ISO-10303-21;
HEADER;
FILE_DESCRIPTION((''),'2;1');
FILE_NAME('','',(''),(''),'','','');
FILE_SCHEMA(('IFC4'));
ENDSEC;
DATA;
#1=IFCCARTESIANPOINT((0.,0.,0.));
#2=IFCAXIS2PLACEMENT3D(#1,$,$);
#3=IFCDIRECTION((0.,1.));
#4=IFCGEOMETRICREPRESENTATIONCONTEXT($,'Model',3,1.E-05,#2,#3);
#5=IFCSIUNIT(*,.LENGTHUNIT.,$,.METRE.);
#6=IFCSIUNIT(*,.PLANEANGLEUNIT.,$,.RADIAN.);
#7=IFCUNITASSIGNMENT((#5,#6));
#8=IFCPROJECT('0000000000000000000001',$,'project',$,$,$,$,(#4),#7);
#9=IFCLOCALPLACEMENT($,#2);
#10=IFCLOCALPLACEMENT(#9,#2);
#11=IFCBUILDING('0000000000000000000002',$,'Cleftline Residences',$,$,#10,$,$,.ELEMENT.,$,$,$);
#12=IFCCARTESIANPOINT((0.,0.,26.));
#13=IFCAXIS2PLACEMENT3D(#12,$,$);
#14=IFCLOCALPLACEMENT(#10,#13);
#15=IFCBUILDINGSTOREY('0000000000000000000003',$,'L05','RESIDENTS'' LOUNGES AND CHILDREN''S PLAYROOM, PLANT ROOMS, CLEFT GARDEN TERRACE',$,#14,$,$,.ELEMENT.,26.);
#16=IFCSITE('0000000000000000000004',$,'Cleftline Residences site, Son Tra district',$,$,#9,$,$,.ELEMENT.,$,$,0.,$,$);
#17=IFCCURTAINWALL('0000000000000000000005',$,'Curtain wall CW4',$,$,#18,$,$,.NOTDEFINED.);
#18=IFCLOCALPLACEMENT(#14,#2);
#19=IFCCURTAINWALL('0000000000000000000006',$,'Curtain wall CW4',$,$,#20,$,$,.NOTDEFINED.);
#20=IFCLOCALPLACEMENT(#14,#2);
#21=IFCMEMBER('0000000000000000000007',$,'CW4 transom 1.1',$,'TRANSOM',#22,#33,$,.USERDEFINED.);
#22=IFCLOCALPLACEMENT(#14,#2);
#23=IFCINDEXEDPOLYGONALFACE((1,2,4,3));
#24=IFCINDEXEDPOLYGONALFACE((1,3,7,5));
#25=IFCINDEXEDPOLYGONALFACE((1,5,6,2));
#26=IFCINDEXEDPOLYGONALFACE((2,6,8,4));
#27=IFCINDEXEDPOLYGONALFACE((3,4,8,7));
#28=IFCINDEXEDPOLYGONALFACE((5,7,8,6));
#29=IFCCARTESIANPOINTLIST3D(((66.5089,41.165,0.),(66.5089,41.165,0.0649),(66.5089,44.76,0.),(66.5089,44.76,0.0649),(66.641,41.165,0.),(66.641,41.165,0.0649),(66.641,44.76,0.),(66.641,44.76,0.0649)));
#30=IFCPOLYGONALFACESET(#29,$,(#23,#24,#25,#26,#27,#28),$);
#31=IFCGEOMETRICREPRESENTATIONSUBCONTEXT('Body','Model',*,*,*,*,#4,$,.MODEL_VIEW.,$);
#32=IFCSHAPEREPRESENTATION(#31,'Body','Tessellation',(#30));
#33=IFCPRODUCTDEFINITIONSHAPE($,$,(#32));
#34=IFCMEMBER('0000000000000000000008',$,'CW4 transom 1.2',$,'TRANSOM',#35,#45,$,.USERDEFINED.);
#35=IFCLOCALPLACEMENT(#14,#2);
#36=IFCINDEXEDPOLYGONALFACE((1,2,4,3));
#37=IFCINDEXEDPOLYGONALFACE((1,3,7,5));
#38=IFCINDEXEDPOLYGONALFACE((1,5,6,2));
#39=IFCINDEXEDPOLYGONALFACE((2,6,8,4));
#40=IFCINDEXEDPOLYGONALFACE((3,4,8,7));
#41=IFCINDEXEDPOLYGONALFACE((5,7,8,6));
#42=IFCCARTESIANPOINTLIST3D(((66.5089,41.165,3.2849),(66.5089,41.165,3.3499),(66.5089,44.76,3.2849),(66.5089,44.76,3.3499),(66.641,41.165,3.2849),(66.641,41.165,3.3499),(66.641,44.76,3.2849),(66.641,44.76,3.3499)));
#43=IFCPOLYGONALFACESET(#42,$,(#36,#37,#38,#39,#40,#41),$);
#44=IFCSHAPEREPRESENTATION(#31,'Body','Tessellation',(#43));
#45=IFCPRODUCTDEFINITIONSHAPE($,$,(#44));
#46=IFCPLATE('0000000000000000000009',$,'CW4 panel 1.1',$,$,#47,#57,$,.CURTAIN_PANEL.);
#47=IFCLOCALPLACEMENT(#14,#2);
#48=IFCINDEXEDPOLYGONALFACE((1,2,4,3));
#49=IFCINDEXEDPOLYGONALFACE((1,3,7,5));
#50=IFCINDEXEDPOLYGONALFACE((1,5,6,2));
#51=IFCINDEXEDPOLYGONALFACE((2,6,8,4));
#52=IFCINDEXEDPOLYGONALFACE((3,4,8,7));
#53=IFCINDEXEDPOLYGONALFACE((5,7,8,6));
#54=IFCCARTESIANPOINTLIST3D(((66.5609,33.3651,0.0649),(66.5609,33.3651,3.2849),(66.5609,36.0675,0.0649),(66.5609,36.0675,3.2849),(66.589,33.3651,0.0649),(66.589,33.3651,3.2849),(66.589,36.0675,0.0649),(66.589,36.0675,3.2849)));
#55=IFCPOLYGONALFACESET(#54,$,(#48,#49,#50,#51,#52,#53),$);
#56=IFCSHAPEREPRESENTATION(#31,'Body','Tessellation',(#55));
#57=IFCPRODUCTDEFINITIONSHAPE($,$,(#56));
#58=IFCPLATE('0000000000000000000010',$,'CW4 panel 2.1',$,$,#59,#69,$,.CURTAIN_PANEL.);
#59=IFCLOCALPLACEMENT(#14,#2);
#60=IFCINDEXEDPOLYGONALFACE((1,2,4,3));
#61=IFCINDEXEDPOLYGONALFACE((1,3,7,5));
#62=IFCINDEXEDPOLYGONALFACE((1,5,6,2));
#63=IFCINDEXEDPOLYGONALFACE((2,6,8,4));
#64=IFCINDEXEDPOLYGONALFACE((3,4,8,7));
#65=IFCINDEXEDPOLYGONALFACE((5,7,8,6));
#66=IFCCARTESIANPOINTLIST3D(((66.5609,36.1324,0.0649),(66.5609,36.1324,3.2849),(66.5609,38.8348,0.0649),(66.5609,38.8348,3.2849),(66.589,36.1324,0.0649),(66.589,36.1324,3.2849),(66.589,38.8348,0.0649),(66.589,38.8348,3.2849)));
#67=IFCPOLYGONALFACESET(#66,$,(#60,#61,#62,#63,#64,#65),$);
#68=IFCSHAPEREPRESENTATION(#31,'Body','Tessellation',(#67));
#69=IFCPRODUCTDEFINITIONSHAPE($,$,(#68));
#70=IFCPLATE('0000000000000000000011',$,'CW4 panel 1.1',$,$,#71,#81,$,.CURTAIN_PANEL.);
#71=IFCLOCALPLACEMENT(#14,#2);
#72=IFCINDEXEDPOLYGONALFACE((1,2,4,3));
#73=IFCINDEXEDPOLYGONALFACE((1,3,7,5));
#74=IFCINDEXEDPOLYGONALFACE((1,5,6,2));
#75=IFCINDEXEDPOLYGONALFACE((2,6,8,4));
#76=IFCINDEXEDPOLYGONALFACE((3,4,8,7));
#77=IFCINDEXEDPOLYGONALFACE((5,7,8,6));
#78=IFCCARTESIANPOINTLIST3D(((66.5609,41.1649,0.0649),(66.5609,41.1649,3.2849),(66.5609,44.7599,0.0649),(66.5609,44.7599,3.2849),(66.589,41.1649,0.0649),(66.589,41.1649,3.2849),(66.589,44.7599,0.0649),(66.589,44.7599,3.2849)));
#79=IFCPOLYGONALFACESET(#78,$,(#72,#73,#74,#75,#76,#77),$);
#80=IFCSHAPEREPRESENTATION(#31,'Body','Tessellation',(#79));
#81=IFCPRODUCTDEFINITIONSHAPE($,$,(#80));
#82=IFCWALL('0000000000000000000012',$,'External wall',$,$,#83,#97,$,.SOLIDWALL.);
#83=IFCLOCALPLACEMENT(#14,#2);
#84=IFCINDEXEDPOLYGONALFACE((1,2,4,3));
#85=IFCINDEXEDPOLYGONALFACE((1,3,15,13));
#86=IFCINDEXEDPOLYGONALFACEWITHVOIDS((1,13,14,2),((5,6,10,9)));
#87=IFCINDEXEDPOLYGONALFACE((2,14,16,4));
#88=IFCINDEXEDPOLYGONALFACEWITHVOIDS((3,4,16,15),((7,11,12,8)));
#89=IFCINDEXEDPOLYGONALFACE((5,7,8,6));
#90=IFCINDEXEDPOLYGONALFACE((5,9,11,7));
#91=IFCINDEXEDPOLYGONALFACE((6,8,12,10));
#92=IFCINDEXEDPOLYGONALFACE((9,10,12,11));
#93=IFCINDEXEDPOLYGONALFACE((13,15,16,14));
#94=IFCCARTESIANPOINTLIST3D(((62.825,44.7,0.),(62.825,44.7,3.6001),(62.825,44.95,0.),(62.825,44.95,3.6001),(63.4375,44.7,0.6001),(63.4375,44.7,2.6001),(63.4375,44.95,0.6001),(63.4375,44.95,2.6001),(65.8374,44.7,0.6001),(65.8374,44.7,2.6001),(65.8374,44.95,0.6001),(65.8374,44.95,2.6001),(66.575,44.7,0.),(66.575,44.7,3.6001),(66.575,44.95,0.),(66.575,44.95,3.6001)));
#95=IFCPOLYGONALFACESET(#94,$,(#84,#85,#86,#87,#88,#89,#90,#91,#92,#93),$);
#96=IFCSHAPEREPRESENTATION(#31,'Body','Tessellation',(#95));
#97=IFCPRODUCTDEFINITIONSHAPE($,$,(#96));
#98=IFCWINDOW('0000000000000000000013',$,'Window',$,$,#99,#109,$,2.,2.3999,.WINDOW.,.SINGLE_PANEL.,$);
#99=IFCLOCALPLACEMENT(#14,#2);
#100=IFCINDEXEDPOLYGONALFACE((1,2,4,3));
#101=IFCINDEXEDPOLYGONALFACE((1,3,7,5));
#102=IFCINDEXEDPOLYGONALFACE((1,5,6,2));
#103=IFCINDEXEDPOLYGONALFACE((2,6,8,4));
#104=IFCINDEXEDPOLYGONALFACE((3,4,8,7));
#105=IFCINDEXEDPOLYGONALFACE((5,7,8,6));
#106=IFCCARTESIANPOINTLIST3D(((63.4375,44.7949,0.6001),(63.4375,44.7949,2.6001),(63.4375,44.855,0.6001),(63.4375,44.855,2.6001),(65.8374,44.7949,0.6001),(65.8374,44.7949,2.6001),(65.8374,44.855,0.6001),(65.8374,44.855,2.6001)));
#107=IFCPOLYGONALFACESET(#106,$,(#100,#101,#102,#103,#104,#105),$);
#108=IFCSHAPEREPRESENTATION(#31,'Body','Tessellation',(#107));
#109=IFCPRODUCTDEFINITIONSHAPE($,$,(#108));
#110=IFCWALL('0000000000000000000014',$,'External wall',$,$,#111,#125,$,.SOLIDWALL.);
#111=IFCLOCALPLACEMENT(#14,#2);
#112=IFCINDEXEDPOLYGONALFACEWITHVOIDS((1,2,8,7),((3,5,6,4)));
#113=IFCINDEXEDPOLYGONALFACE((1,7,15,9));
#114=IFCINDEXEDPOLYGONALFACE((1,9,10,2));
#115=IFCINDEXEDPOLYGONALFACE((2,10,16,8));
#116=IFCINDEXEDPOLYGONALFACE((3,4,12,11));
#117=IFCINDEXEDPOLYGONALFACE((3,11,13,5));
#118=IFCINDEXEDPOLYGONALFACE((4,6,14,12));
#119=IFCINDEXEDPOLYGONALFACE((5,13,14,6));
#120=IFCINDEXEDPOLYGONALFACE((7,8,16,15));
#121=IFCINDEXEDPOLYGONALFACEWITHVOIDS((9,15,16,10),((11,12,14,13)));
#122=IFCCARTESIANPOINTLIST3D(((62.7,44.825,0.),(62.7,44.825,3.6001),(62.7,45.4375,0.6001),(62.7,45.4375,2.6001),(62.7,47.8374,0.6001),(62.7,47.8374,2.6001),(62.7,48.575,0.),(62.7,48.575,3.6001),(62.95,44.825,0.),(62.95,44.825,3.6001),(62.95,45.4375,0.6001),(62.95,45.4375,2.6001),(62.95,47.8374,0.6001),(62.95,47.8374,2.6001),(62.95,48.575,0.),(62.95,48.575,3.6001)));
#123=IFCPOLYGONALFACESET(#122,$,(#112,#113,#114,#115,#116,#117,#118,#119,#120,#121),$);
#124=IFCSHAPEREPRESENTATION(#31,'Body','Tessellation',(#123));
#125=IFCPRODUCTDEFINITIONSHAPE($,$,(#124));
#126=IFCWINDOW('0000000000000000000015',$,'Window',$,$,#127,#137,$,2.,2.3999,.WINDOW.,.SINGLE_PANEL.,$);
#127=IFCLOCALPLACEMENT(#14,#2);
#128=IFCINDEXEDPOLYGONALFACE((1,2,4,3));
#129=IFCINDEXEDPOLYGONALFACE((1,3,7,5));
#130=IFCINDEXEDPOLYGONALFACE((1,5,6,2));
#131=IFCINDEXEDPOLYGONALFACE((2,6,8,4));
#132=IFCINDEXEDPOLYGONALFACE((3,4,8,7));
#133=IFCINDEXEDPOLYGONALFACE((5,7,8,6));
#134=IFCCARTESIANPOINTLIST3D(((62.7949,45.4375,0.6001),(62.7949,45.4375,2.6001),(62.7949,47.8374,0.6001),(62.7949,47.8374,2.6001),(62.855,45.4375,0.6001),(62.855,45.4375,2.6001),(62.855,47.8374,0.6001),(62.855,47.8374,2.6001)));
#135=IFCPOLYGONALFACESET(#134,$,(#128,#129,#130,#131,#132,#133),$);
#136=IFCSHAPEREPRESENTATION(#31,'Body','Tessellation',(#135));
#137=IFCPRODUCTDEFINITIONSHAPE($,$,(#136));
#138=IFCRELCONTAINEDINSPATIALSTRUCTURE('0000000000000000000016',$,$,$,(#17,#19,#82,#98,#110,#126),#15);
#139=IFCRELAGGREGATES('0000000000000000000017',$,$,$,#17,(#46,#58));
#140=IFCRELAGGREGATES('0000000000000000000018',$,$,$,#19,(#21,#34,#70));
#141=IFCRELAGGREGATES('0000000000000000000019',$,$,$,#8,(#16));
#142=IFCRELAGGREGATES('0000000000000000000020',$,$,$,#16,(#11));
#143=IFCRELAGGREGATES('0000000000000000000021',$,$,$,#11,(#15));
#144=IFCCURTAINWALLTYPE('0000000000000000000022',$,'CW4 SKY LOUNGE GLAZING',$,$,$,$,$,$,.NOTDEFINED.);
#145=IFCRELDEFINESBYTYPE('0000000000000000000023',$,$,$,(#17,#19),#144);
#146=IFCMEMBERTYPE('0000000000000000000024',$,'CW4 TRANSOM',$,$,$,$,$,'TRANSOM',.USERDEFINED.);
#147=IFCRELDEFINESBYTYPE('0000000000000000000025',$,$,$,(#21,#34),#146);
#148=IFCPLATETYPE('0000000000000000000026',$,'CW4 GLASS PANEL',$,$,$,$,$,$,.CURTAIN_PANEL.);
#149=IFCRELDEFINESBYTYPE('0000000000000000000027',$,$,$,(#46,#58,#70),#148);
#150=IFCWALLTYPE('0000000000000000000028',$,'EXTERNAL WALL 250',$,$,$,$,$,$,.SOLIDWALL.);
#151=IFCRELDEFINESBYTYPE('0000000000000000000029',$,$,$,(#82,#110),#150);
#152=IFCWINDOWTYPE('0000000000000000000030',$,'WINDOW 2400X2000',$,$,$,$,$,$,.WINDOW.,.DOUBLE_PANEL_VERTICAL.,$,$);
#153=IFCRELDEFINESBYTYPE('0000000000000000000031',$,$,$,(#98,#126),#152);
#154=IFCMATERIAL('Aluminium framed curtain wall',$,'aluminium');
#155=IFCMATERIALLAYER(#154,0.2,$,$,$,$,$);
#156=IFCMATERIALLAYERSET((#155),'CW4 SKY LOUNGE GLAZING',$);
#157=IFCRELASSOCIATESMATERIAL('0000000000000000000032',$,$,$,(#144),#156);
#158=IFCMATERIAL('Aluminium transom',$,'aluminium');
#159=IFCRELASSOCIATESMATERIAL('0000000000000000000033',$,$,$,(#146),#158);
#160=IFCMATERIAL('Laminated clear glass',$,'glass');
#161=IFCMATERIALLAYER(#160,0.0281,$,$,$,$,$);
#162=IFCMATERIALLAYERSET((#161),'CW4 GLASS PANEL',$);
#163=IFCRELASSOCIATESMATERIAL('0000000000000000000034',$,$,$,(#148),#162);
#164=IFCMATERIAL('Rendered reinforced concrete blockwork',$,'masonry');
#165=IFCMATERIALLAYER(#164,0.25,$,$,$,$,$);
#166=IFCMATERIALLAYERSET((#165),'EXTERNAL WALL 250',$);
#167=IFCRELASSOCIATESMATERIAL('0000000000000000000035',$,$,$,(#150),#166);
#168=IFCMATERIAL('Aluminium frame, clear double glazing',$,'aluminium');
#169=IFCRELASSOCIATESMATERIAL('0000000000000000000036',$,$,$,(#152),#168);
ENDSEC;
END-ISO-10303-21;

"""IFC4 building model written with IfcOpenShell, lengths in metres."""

from ifc_helpers import new_model, si_unit, direction, frame, frame_2d, origin, origin_2d, place, context, subcontext, project, spatial, rectangle, extrude, material, layer, layer_set, material_profile, profile_set, type_object, element, fill, aggregate, save


model = new_model("IFC4")

# Units and contexts
model_context = context("Model", 3, precision=1e-05, world=origin(), true_north=direction((0.0, 1.0)))
body_context = subcontext(model_context, "Body", "Model", "MODEL_VIEW")
ifc_project = project(units=[si_unit("LENGTHUNIT", "METRE"), si_unit("PLANEANGLEUNIT", "RADIAN")], contexts=[model_context])

# Site, building, storey
site_placement = place(None, origin())
site = spatial("IfcSite", under=ifc_project, at=site_placement, Name="Cleftline Residences site, Son Tra district", CompositionType="ELEMENT", RefElevation=0.0)
building_placement = place(site_placement, origin())
building = spatial("IfcBuilding", under=site, at=building_placement, Name="Cleftline Residences", CompositionType="ELEMENT")
storey_placement = place(building_placement, frame((0.0, 0.0, 26.0)))
storey = spatial("IfcBuildingStorey", under=building, at=storey_placement, Name="L05", Description="RESIDENTS' LOUNGES AND CHILDREN'S PLAYROOM, PLANT ROOMS, CLEFT GARDEN TERRACE", CompositionType="ELEMENT", Elevation=26.0)

# Curtain walls
ifc_material_1 = material(Name="Aluminium framed curtain wall", Category="aluminium")
ifc_layer_1 = layer(ifc_material_1, 0.2)
ifc_layer_set_1 = layer_set([ifc_layer_1], Name="CW4 SKY LOUNGE GLAZING")
curtain_wall_type = type_object("IfcCurtainWallType", Name="CW4 SKY LOUNGE GLAZING", PredefinedType="NOTDEFINED", material=ifc_layer_set_1)
curtain_wall_1_placement = place(storey_placement, origin())
curtain_wall_1 = element("IfcCurtainWall", 1, at=curtain_wall_1_placement, inside=storey, type_object=curtain_wall_type, Name="Curtain wall CW4", PredefinedType="NOTDEFINED")
curtain_wall_2_placement = place(storey_placement, origin())
curtain_wall_2 = element("IfcCurtainWall", 2, at=curtain_wall_2_placement, inside=storey, type_object=curtain_wall_type, Name="Curtain wall CW4", PredefinedType="NOTDEFINED")

# Members
ifc_material_2 = material(Name="Aluminium transom", Category="aluminium")
ifc_material_profile_1 = material_profile(ifc_material_2, rectangle(XDim=0.1321, YDim=0.0649, at=origin_2d()))
ifc_profile_set_1 = profile_set([ifc_material_profile_1], Name="Aluminium transom")
member_type_1 = type_object("IfcMemberType", Name="CW4 TRANSOM", ElementType="TRANSOM", PredefinedType="USERDEFINED", material=ifc_profile_set_1)
member_1_placement = place(storey_placement, frame((66.575, 41.165, 0.0325), z_axis=(0.0, 1.0, 0.0), x_axis=(-1.0, 0.0, 0.0)))
member_1 = element("IfcMember", 3, at=member_1_placement, type_object=member_type_1, Name="CW4 transom 1.1", ObjectType="TRANSOM", PredefinedType="USERDEFINED", context=body_context, shape_type="SweptSolid", body=[
    extrude(rectangle(XDim=0.1321, YDim=0.0649, at=origin_2d()), origin(), (0.0, 0.0, 1.0), 3.595),
])
member_2_placement = place(storey_placement, frame((66.575, 41.165, 3.3174), z_axis=(0.0, 1.0, 0.0), x_axis=(-1.0, 0.0, 0.0)))
member_2 = element("IfcMember", 4, at=member_2_placement, type_object=member_type_1, Name="CW4 transom 1.2", ObjectType="TRANSOM", PredefinedType="USERDEFINED", context=body_context, shape_type="SweptSolid", body=[
    extrude(rectangle(XDim=0.1321, YDim=0.0649, at=origin_2d()), origin(), (0.0, 0.0, 1.0), 3.595),
])

# Plates
ifc_material_3 = material(Name="Laminated clear glass", Category="glass")
ifc_layer_2 = layer(ifc_material_3, 0.0281)
ifc_layer_set_2 = layer_set([ifc_layer_2], Name="CW4 GLASS PANEL")
plate_type = type_object("IfcPlateType", Name="CW4 GLASS PANEL", PredefinedType="CURTAIN_PANEL", material=ifc_layer_set_2)
plate_1_placement = place(storey_placement, frame((66.575, 34.7163, 0.0649), z_axis=(0.0, 0.0, 1.0), x_axis=(0.0, 1.0, 0.0)))
plate_1 = element("IfcPlate", 5, at=plate_1_placement, type_object=plate_type, Name="CW4 panel 1.1", PredefinedType="CURTAIN_PANEL", context=body_context, shape_type="SweptSolid", body=[
    extrude(rectangle(XDim=2.7024, YDim=0.0281, at=origin_2d()), origin(), (0.0, 0.0, 1.0), 3.22),
])
plate_2_placement = place(storey_placement, frame((66.575, 37.4836, 0.0649), z_axis=(0.0, 0.0, 1.0), x_axis=(0.0, 1.0, 0.0)))
plate_2 = element("IfcPlate", 6, at=plate_2_placement, type_object=plate_type, Name="CW4 panel 2.1", PredefinedType="CURTAIN_PANEL", context=body_context, shape_type="SweptSolid", body=[
    extrude(rectangle(XDim=2.7024, YDim=0.0281, at=origin_2d()), origin(), (0.0, 0.0, 1.0), 3.22),
])
aggregate(curtain_wall_1, [plate_1, plate_2])
plate_3_placement = place(storey_placement, frame((66.575, 42.9624, 0.0649), z_axis=(0.0, 0.0, 1.0), x_axis=(0.0, 1.0, 0.0)))
plate_3 = element("IfcPlate", 7, at=plate_3_placement, type_object=plate_type, Name="CW4 panel 1.1", PredefinedType="CURTAIN_PANEL", context=body_context, shape_type="SweptSolid", body=[
    extrude(rectangle(XDim=3.595, YDim=0.0281, at=origin_2d()), origin(), (0.0, 0.0, 1.0), 3.22),
])
aggregate(curtain_wall_2, [member_1, member_2, plate_3])

# Walls, openings, windows
ifc_material_4 = material(Name="Rendered reinforced concrete blockwork", Category="masonry")
ifc_layer_3 = layer(ifc_material_4, 0.25)
ifc_layer_set_3 = layer_set([ifc_layer_3], Name="EXTERNAL WALL 250")
wall_type = type_object("IfcWallType", Name="EXTERNAL WALL 250", PredefinedType="SOLIDWALL", material=ifc_layer_set_3)
wall_1_placement = place(storey_placement, frame((66.575, 44.825, 0.0), z_axis=(0.0, 0.0, 1.0), x_axis=(-1.0, 0.0, 0.0)))
wall_1 = element("IfcWall", 8, at=wall_1_placement, inside=storey, type_object=wall_type, Name="External wall", PredefinedType="SOLIDWALL", context=body_context, shape_type="SweptSolid", body=[
    extrude(rectangle(XDim=3.75, YDim=0.25, at=frame_2d((1.875, 0.0))), origin(), (0.0, 0.0, 1.0), 3.6001),
])
opening_1_placement = place(wall_1_placement, frame((0.7375, 0.0, 0.6001)))
opening_1 = element("IfcOpeningElement", 9, at=opening_1_placement, cuts=wall_1, PredefinedType="OPENING", context=body_context, shape_type="SweptSolid", body=[
    extrude(rectangle(XDim=2.3999, YDim=2.0, at=frame_2d((1.2, 1.0))), frame((0.0, 0.135, 0.0), z_axis=(0.0, -1.0, 0.0), x_axis=(1.0, 0.0, 0.0)), (0.0, 0.0, 1.0), 0.27),
])
ifc_material_5 = material(Name="Aluminium frame, clear double glazing", Category="aluminium")
window_type = type_object("IfcWindowType", Name="WINDOW 2400X2000", PartitioningType="DOUBLE_PANEL_VERTICAL", PredefinedType="WINDOW", material=ifc_material_5)
window_1_placement = place(opening_1_placement, origin())
window_1 = element("IfcWindow", 10, at=window_1_placement, inside=storey, type_object=window_type, Name="Window", OverallHeight=2.0, OverallWidth=2.3999, PartitioningType="SINGLE_PANEL", PredefinedType="WINDOW", context=body_context, shape_type="SweptSolid", body=[
    extrude(rectangle(XDim=2.3999, YDim=2.0, at=frame_2d((1.2, 1.0))), frame((0.0, 0.03, 0.0), z_axis=(0.0, -1.0, 0.0), x_axis=(1.0, 0.0, 0.0)), (0.0, 0.0, 1.0), 0.0601),
])
fill(opening_1, window_1)
wall_2_placement = place(storey_placement, frame((62.825, 44.825, 0.0), z_axis=(0.0, 0.0, 1.0), x_axis=(0.0, 1.0, 0.0)))
wall_2 = element("IfcWall", 11, at=wall_2_placement, inside=storey, type_object=wall_type, Name="External wall", PredefinedType="SOLIDWALL", context=body_context, shape_type="SweptSolid", body=[
    extrude(rectangle(XDim=3.75, YDim=0.25, at=frame_2d((1.875, 0.0))), origin(), (0.0, 0.0, 1.0), 3.6001),
])
opening_2_placement = place(wall_2_placement, frame((0.6125, 0.0, 0.6001)))
opening_2 = element("IfcOpeningElement", 12, at=opening_2_placement, cuts=wall_2, PredefinedType="OPENING", context=body_context, shape_type="SweptSolid", body=[
    extrude(rectangle(XDim=2.3999, YDim=2.0, at=frame_2d((1.2, 1.0))), frame((0.0, 0.135, 0.0), z_axis=(0.0, -1.0, 0.0), x_axis=(1.0, 0.0, 0.0)), (0.0, 0.0, 1.0), 0.27),
])
window_2_placement = place(opening_2_placement, origin())
window_2 = element("IfcWindow", 13, at=window_2_placement, inside=storey, type_object=window_type, Name="Window", OverallHeight=2.0, OverallWidth=2.3999, PartitioningType="SINGLE_PANEL", PredefinedType="WINDOW", context=body_context, shape_type="SweptSolid", body=[
    extrude(rectangle(XDim=2.3999, YDim=2.0, at=frame_2d((1.2, 1.0))), frame((0.0, 0.03, 0.0), z_axis=(0.0, -1.0, 0.0), x_axis=(1.0, 0.0, 0.0)), (0.0, 0.0, 1.0), 0.0601),
])
fill(opening_2, window_2)

save(model, "model.ifc")
